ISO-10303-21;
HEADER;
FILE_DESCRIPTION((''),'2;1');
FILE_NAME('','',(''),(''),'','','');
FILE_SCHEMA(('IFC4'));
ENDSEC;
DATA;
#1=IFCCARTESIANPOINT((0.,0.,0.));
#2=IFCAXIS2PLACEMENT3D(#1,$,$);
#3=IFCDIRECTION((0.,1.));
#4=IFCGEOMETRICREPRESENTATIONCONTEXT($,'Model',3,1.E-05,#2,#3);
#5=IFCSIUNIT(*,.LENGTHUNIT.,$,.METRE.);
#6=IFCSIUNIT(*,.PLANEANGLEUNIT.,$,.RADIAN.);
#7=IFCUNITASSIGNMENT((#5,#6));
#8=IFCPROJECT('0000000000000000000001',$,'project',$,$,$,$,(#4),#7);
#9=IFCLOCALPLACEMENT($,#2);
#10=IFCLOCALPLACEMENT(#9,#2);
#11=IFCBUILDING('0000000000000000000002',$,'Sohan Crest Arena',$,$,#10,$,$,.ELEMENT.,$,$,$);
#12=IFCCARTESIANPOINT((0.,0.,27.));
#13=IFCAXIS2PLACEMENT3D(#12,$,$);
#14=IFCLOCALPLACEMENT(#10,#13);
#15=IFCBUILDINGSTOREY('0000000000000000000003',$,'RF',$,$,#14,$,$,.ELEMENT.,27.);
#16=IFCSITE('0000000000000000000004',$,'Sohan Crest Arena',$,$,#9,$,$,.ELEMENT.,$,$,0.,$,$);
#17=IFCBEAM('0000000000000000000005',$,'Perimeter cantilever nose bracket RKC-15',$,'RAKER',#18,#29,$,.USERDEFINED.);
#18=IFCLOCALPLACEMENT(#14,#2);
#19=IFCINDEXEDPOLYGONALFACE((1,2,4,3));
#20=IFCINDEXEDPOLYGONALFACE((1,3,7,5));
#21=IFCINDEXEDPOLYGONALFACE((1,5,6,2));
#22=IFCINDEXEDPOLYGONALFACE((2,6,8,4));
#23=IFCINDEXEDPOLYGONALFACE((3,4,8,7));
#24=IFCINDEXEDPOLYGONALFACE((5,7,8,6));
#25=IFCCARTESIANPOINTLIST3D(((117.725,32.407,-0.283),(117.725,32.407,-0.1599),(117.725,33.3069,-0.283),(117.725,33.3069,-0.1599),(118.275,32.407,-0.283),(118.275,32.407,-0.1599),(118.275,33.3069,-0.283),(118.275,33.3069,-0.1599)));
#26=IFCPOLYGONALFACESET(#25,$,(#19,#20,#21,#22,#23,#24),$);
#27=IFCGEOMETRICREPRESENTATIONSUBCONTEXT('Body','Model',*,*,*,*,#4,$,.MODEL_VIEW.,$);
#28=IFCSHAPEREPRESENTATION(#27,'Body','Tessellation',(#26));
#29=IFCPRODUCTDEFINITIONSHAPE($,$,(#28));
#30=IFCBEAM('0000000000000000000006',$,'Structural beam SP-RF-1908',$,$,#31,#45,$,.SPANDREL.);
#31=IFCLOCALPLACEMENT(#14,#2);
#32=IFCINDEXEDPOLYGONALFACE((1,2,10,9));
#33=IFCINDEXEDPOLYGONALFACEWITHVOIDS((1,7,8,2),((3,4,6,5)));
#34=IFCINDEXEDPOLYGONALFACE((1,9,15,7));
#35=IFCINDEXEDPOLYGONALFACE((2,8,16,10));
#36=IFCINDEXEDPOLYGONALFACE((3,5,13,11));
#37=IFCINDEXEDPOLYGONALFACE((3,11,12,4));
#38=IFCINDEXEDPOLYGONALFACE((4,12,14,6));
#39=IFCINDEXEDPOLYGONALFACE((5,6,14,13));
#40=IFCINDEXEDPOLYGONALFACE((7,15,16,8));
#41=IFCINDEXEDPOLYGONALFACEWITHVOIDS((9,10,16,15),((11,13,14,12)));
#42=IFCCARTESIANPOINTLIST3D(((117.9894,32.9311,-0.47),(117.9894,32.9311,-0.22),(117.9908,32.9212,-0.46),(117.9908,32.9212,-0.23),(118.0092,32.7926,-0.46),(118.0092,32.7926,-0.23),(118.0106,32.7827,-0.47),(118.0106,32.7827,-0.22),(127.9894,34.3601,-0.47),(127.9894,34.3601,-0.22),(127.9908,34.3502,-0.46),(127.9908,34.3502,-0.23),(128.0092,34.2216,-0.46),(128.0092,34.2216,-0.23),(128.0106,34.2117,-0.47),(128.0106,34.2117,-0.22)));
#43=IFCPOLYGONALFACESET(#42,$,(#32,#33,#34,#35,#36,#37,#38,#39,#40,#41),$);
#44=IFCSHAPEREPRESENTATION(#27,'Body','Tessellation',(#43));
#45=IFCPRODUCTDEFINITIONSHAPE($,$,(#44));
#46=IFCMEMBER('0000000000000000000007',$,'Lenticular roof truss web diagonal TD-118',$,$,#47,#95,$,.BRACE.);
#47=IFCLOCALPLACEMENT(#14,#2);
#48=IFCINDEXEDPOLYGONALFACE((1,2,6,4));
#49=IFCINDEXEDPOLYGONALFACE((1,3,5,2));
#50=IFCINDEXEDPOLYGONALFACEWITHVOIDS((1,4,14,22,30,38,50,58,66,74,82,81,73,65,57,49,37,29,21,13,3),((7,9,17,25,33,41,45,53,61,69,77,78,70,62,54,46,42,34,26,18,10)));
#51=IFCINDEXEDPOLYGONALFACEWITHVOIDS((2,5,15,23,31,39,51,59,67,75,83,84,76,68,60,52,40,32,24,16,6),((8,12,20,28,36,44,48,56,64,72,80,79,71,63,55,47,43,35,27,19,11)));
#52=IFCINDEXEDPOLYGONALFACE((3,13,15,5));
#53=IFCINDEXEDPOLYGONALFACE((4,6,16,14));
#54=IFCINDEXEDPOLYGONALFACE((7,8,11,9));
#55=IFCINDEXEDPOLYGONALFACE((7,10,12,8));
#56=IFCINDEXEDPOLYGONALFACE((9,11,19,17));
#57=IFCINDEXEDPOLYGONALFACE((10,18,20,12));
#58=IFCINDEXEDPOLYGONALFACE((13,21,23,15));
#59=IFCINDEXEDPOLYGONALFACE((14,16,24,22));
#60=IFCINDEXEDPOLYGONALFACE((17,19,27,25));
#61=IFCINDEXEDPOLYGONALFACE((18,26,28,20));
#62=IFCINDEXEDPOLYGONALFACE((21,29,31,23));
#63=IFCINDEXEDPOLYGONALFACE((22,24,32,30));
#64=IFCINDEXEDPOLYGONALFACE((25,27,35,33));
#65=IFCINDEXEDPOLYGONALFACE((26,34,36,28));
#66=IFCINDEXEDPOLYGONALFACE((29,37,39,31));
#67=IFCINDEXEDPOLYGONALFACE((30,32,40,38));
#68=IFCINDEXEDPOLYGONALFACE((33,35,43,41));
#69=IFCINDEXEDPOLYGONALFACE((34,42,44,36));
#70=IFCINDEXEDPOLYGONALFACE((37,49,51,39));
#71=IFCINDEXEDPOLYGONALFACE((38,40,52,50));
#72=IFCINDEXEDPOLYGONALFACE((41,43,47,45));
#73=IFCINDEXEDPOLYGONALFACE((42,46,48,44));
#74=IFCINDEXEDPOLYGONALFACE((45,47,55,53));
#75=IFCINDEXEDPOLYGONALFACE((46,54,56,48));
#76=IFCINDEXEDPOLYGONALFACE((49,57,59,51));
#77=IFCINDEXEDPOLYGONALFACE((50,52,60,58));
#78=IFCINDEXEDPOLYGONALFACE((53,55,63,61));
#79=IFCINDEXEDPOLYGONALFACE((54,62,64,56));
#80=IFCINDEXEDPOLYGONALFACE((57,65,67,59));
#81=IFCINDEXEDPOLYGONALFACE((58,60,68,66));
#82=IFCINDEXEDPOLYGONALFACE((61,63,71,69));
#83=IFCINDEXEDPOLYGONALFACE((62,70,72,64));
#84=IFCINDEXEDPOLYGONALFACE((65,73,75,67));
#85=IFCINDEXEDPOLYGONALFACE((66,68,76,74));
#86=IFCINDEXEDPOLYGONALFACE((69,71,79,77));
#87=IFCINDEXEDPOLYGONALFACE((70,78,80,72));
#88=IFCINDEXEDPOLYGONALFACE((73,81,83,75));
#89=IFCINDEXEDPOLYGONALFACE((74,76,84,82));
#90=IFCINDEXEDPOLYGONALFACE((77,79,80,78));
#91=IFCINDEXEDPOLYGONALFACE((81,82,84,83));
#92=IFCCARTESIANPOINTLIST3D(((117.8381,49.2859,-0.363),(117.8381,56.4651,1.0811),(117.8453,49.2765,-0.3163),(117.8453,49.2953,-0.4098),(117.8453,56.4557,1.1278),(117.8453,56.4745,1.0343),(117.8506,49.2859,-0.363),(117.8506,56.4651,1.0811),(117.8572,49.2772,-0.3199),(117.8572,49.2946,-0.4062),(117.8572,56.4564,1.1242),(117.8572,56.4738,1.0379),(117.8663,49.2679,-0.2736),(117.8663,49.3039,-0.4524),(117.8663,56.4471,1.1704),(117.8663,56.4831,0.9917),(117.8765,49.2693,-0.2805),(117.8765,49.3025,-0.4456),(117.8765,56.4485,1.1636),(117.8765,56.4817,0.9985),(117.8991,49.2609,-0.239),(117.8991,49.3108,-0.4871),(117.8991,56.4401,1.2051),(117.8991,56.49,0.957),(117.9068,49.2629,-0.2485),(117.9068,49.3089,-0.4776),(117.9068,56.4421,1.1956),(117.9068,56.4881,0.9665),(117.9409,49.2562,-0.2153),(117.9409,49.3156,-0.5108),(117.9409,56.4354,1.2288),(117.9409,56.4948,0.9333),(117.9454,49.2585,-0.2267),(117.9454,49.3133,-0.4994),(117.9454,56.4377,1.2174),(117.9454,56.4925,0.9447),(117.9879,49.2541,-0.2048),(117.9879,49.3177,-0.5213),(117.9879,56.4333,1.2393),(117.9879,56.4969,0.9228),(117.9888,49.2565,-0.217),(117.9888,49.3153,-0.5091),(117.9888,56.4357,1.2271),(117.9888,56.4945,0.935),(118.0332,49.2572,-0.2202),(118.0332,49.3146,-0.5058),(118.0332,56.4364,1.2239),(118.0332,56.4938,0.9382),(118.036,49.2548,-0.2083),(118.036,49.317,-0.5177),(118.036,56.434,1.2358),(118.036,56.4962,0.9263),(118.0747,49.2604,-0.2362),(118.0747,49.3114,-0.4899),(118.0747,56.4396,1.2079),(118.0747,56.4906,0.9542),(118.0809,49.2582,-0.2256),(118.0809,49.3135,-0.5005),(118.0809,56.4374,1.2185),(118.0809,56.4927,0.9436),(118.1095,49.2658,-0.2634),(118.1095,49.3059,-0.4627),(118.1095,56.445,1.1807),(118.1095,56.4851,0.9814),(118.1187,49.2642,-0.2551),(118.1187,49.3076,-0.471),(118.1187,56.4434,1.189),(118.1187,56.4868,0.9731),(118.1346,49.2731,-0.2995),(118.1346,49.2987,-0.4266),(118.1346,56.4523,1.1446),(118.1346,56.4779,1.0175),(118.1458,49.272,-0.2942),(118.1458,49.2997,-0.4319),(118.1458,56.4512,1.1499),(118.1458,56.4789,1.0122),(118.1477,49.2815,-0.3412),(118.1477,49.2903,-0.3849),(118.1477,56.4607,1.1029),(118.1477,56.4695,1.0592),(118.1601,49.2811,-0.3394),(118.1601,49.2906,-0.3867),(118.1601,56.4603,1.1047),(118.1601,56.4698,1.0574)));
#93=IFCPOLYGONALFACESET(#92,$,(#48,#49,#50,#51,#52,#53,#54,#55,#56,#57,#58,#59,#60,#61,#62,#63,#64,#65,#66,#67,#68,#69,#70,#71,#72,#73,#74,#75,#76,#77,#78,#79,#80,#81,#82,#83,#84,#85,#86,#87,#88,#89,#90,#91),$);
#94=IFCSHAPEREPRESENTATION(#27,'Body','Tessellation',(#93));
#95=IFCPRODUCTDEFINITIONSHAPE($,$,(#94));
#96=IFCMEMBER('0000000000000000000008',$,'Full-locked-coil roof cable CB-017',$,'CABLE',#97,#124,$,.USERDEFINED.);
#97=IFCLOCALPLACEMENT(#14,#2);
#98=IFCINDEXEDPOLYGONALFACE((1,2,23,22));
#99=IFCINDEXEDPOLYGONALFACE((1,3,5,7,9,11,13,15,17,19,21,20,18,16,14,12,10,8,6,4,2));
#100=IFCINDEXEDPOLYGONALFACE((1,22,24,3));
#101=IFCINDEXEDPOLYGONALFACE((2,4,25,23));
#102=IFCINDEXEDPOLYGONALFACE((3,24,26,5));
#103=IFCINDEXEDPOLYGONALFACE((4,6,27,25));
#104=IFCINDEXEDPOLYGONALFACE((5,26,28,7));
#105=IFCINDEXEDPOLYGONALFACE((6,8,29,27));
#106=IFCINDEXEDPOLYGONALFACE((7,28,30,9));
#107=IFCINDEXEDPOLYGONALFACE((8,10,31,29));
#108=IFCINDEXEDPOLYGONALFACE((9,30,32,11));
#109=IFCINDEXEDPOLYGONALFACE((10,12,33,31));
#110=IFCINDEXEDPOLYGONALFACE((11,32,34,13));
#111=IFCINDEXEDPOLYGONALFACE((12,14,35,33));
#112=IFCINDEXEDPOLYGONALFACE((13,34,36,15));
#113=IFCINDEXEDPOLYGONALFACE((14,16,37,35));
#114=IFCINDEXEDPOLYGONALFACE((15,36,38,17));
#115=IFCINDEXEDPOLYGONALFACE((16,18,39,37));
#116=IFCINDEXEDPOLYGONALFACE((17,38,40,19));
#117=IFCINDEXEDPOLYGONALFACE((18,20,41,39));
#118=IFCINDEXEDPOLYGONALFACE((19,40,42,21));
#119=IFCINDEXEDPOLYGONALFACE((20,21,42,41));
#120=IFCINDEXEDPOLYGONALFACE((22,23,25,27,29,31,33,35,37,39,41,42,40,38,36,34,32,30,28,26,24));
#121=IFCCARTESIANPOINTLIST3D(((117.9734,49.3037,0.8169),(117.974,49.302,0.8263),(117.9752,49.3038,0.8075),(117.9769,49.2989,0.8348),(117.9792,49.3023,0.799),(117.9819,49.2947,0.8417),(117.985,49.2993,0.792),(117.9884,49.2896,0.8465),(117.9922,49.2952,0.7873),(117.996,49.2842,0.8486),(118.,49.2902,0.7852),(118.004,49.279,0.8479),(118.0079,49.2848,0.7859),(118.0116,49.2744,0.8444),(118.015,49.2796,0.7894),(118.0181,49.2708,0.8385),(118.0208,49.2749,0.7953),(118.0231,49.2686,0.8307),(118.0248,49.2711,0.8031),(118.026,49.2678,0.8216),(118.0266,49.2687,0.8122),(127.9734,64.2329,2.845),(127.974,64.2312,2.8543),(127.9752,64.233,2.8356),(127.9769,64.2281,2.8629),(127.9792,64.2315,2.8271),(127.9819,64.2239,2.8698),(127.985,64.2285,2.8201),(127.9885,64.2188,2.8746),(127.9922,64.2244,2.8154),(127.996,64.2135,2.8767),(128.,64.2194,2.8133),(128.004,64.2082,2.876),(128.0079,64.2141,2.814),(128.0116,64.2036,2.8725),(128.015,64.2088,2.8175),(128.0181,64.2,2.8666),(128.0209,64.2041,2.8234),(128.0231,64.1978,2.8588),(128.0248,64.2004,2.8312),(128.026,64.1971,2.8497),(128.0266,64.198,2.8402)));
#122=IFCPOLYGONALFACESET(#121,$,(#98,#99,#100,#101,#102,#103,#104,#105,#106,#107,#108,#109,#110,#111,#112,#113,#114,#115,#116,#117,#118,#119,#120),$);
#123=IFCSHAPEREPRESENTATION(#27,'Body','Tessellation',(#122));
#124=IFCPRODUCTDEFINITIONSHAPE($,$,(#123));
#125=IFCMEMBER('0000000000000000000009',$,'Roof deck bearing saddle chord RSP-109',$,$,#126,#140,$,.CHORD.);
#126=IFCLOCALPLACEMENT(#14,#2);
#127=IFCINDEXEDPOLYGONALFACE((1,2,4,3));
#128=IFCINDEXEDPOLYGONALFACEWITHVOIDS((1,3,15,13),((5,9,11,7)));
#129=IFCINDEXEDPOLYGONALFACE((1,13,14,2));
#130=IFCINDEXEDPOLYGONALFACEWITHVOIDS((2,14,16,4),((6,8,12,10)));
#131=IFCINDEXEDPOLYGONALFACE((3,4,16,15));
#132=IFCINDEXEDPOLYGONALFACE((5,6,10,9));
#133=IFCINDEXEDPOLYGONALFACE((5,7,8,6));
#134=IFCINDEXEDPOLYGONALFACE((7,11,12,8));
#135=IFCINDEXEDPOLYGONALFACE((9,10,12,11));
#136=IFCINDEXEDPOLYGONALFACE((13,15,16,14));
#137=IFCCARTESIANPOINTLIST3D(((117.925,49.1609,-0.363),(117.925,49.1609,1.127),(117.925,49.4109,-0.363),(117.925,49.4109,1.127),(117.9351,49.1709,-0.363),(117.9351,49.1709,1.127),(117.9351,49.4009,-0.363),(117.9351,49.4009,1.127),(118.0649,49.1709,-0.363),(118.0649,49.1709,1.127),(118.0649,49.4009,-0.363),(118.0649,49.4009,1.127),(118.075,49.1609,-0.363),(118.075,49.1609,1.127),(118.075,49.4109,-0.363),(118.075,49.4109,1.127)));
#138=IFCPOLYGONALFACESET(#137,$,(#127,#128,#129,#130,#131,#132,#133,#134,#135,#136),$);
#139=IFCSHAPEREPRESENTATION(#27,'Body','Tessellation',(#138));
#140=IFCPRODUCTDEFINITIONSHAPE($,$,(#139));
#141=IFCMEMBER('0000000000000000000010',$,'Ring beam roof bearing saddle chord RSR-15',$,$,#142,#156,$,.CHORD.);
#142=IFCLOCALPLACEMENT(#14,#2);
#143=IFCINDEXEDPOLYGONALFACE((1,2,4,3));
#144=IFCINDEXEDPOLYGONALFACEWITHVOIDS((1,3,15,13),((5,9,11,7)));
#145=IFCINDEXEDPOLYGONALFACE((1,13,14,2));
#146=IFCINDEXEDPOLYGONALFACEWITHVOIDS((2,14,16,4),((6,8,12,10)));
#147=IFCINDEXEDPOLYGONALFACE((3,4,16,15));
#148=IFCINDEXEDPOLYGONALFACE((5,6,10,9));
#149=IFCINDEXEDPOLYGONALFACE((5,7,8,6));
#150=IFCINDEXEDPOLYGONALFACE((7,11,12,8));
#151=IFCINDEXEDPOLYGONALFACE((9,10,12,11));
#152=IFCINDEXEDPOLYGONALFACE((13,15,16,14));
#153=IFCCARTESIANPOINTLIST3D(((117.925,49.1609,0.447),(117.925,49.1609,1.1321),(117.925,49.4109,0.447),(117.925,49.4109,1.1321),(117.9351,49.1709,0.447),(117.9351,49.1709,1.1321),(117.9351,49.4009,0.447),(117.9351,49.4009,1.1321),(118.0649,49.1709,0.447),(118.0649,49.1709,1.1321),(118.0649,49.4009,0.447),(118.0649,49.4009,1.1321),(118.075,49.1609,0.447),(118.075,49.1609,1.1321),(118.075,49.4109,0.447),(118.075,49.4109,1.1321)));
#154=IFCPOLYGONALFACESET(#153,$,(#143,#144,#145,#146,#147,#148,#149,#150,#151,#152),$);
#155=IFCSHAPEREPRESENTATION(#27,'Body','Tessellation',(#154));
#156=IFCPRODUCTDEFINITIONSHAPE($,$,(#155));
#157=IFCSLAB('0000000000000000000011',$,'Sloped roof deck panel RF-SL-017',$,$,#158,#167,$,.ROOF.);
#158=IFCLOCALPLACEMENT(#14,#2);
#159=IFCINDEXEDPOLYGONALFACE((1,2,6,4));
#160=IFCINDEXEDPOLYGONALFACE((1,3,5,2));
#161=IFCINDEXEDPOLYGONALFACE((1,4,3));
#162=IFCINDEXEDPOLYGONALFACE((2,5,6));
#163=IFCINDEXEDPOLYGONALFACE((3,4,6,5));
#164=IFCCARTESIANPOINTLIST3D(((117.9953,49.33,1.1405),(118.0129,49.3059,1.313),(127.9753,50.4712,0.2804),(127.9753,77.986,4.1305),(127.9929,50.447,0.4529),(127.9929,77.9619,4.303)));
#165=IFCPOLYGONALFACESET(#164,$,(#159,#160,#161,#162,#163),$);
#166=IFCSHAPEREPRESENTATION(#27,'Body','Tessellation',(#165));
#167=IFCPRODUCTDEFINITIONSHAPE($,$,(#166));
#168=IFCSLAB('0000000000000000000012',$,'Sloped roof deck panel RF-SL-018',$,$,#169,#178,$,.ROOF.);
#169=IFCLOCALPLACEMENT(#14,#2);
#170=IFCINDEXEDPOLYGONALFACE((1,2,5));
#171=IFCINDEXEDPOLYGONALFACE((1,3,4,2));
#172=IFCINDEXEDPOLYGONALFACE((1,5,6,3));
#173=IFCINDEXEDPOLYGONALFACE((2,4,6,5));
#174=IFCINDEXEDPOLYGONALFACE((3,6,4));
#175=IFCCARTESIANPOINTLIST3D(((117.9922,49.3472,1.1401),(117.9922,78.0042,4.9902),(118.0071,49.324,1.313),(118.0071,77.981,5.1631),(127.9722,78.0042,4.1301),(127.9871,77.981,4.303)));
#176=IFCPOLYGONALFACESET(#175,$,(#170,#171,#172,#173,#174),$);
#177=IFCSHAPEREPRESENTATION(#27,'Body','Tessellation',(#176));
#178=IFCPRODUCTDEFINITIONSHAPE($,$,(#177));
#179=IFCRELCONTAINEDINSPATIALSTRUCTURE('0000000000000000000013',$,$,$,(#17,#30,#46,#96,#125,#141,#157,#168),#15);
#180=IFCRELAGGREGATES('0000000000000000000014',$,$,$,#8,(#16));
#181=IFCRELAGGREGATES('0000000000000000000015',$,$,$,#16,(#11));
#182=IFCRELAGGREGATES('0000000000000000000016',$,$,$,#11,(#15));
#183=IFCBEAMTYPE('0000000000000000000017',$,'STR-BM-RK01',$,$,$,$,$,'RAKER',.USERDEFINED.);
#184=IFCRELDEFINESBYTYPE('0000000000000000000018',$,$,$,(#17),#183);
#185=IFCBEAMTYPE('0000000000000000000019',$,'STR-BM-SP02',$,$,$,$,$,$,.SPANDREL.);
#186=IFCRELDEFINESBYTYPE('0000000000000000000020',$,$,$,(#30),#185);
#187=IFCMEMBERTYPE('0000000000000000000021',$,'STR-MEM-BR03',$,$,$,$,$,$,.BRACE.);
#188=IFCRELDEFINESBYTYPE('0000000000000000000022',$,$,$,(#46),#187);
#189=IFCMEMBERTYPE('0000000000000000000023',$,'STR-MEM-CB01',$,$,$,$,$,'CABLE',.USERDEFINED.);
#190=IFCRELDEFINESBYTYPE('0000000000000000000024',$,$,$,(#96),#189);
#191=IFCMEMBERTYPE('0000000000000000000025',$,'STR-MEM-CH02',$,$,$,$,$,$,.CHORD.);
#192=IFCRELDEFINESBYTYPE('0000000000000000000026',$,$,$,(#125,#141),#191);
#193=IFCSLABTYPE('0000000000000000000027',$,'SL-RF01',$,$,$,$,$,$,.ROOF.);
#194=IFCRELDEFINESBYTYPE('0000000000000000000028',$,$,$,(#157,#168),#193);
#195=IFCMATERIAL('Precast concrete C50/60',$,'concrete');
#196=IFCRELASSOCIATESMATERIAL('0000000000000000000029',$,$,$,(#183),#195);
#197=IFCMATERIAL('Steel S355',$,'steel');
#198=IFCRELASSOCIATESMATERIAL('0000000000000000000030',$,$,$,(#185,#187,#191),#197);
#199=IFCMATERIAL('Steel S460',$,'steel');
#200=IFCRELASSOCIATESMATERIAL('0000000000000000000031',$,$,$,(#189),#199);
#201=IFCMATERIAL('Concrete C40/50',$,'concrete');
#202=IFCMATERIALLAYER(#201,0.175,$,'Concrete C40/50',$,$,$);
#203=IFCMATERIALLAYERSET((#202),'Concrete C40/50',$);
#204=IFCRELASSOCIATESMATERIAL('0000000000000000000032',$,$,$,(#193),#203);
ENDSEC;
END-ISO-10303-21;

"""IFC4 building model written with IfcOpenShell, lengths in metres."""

from ifc_helpers import new_model, si_unit, direction, frame, origin, origin_2d, place, context, subcontext, project, spatial, polyline, rectangle, hollow_rectangle, circle, hollow_circle, outline, extrude, material, layer, layer_set, material_profile, profile_set, type_object, element, save


model = new_model("IFC4")

# Units and contexts
model_context = context("Model", 3, precision=1e-05, world=origin(), true_north=direction((0.0, 1.0)))
body_context = subcontext(model_context, "Body", "Model", "MODEL_VIEW")
ifc_project = project(units=[si_unit("LENGTHUNIT", "METRE"), si_unit("PLANEANGLEUNIT", "RADIAN")], contexts=[model_context])

# Site, building, storey
site_placement = place(None, origin())
site = spatial("IfcSite", under=ifc_project, at=site_placement, Name="Sohan Crest Arena", CompositionType="ELEMENT", RefElevation=0.0)
building_placement = place(site_placement, origin())
building = spatial("IfcBuilding", under=site, at=building_placement, Name="Sohan Crest Arena", CompositionType="ELEMENT")
storey_placement = place(building_placement, frame((0.0, 0.0, 27.0)))
storey = spatial("IfcBuildingStorey", under=building, at=storey_placement, Name="RF", CompositionType="ELEMENT", Elevation=27.0)

# Shared definitions
ifc_material_1 = material(Name="Concrete C40/50", Category="concrete")

# Beams
ifc_material_2 = material(Name="Steel S355", Category="steel")
ifc_material_3 = material(Name="Precast concrete C50/60", Category="concrete")
ifc_material_profile_1 = material_profile(ifc_material_3, rectangle(XDim=0.55, YDim=0.8999, at=origin_2d()), Name="RAKER 550x900")
ifc_profile_set_1 = profile_set([ifc_material_profile_1], Name="Precast concrete C50/60")
beam_type_1 = type_object("IfcBeamType", Name="STR-BM-RK01", ElementType="RAKER", PredefinedType="USERDEFINED", material=ifc_profile_set_1)
beam_1_placement = place(storey_placement, frame((118.0, 32.8569, -0.283), z_axis=(0.0, 0.0, 1.0), x_axis=(1.0, 0.0, 0.0)))
element("IfcBeam", 1, at=beam_1_placement, inside=storey, type_object=beam_type_1, Name="Perimeter cantilever nose bracket RKC-15", ObjectType="RAKER", PredefinedType="USERDEFINED", context=body_context, shape_type="SweptSolid", body=[
    extrude(rectangle(XDim=0.55, YDim=0.8999, at=origin_2d()), origin(), (0.0, 0.0, 1.0), 0.123),
])
ifc_material_profile_2 = material_profile(ifc_material_2, hollow_rectangle(XDim=0.1499, YDim=0.25, WallThickness=0.01, at=origin_2d()), Name="RHS 250x150x10")
ifc_profile_set_2 = profile_set([ifc_material_profile_2], Name="Steel S355")
beam_type_2 = type_object("IfcBeamType", Name="STR-BM-SP02", PredefinedType="SPANDREL", material=ifc_profile_set_2)
beam_2_placement = place(storey_placement, frame((118.0, 32.8569, -0.345), z_axis=(0.989944, 0.141459, 0.0), x_axis=(-0.141459, 0.989944, 0.0)))
element("IfcBeam", 2, at=beam_2_placement, inside=storey, type_object=beam_type_2, Name="Structural beam SP-RF-1908", PredefinedType="SPANDREL", context=body_context, shape_type="SweptSolid", body=[
    extrude(hollow_rectangle(XDim=0.1499, YDim=0.25, WallThickness=0.01, at=origin_2d()), origin(), (0.0, 0.0, 1.0), 10.1016),
])

# Members
ifc_material_profile_3 = material_profile(ifc_material_2, hollow_circle(Radius=0.1619, WallThickness=0.0125, at=origin_2d()), Name="CHS 323.9x12.5")
ifc_profile_set_3 = profile_set([ifc_material_profile_3], Name="Steel S355")
member_type_1 = type_object("IfcMemberType", Name="STR-MEM-BR03", PredefinedType="BRACE", material=ifc_profile_set_3)
member_1_placement = place(storey_placement, frame((118.0, 49.2859, -0.363), z_axis=(0.0, 0.980363, 0.1972), x_axis=(-1.0, 0.0, 0.0)))
element("IfcMember", 3, at=member_1_placement, inside=storey, type_object=member_type_1, Name="Lenticular roof truss web diagonal TD-118", PredefinedType="BRACE", context=body_context, shape_type="SweptSolid", body=[
    extrude(hollow_circle(Radius=0.1619, WallThickness=0.0125, at=origin_2d()), origin(), (0.0, 0.0, 1.0), 7.323),
])
ifc_material_4 = material(Name="Steel S460", Category="steel")
ifc_material_profile_4 = material_profile(ifc_material_4, circle(Radius=0.032, at=origin_2d()), Name="FLC D64")
ifc_profile_set_4 = profile_set([ifc_material_profile_4], Name="Steel S460")
member_type_2 = type_object("IfcMemberType", Name="STR-MEM-CB01", ElementType="CABLE", PredefinedType="USERDEFINED", material=ifc_profile_set_4)
member_2_placement = place(storey_placement, frame((118.0, 49.2859, 0.8169), z_axis=(0.553006, 0.825594, 0.112154), x_axis=(-0.830836, 0.556517, 0.0)))
element("IfcMember", 4, at=member_2_placement, inside=storey, type_object=member_type_2, Name="Full-locked-coil roof cable CB-017", ObjectType="CABLE", PredefinedType="USERDEFINED", context=body_context, shape_type="SweptSolid", body=[
    extrude(circle(Radius=0.032, at=origin_2d()), origin(), (0.0, 0.0, 1.0), 18.083),
])
ifc_material_profile_5 = material_profile(ifc_material_2, hollow_rectangle(XDim=0.1499, YDim=0.25, WallThickness=0.01, at=origin_2d()), Name="RHS 250x150x10")
ifc_profile_set_5 = profile_set([ifc_material_profile_5], Name="Steel S355")
member_type_3 = type_object("IfcMemberType", Name="STR-MEM-CH02", PredefinedType="CHORD", material=ifc_profile_set_5)
member_3_placement = place(storey_placement, frame((118.0, 49.2859, -0.363), z_axis=(0.0, 0.0, 1.0), x_axis=(1.0, 0.0, 0.0)))
element("IfcMember", 5, at=member_3_placement, inside=storey, type_object=member_type_3, Name="Roof deck bearing saddle chord RSP-109", PredefinedType="CHORD", context=body_context, shape_type="SweptSolid", body=[
    extrude(hollow_rectangle(XDim=0.1499, YDim=0.25, WallThickness=0.01, at=origin_2d()), origin(), (0.0, 0.0, 1.0), 1.49),
])
member_4_placement = place(storey_placement, frame((118.0, 49.2859, 0.447), z_axis=(0.0, 0.0, 1.0), x_axis=(1.0, 0.0, 0.0)))
element("IfcMember", 6, at=member_4_placement, inside=storey, type_object=member_type_3, Name="Ring beam roof bearing saddle chord RSR-15", PredefinedType="CHORD", context=body_context, shape_type="SweptSolid", body=[
    extrude(hollow_rectangle(XDim=0.1499, YDim=0.25, WallThickness=0.01, at=origin_2d()), origin(), (0.0, 0.0, 1.0), 0.6851),
])

# Slabs
ifc_layer_1 = layer(ifc_material_1, 0.175, Name="Concrete C40/50")
ifc_layer_set_1 = layer_set([ifc_layer_1], Name="Concrete C40/50")
slab_type_1 = type_object("IfcSlabType", Name="SL-RF01", PredefinedType="ROOF", material=ifc_layer_set_1)
slab_1_placement = place(storey_placement, frame((118.0129, 49.3059, 1.313), z_axis=(0.100683, -0.137874, 0.985319), x_axis=(0.989904, 0.113186, -0.085313)))
element("IfcSlab", 7, at=slab_1_placement, inside=storey, type_object=slab_type_1, Name="Sloped roof deck panel RF-SL-017", PredefinedType="ROOF", context=body_context, shape_type="SweptSolid", body=[
    extrude(outline(polyline([(0.0, 0.0), (10.0818, 0.0), (12.8676, 27.6429), (0.0, 0.0)])), origin(), (0.0, 0.0, -1.0), 0.175),
])
slab_2_placement = place(storey_placement, frame((118.0071, 49.324, 1.313), z_axis=(0.085106, -0.132672, 0.987499), x_axis=(0.327298, 0.939819, 0.098058)))
element("IfcSlab", 8, at=slab_2_placement, inside=storey, type_object=slab_type_1, Name="Sloped roof deck panel RF-SL-018", PredefinedType="ROOF", context=body_context, shape_type="SweptSolid", body=[
    extrude(outline(polyline([(0.0, 0.0), (30.492, 0.0), (27.3099, 9.4981), (0.0, 0.0)])), origin(), (0.0, 0.0, -1.0), 0.175),
])

save(model, "model.ifc")
